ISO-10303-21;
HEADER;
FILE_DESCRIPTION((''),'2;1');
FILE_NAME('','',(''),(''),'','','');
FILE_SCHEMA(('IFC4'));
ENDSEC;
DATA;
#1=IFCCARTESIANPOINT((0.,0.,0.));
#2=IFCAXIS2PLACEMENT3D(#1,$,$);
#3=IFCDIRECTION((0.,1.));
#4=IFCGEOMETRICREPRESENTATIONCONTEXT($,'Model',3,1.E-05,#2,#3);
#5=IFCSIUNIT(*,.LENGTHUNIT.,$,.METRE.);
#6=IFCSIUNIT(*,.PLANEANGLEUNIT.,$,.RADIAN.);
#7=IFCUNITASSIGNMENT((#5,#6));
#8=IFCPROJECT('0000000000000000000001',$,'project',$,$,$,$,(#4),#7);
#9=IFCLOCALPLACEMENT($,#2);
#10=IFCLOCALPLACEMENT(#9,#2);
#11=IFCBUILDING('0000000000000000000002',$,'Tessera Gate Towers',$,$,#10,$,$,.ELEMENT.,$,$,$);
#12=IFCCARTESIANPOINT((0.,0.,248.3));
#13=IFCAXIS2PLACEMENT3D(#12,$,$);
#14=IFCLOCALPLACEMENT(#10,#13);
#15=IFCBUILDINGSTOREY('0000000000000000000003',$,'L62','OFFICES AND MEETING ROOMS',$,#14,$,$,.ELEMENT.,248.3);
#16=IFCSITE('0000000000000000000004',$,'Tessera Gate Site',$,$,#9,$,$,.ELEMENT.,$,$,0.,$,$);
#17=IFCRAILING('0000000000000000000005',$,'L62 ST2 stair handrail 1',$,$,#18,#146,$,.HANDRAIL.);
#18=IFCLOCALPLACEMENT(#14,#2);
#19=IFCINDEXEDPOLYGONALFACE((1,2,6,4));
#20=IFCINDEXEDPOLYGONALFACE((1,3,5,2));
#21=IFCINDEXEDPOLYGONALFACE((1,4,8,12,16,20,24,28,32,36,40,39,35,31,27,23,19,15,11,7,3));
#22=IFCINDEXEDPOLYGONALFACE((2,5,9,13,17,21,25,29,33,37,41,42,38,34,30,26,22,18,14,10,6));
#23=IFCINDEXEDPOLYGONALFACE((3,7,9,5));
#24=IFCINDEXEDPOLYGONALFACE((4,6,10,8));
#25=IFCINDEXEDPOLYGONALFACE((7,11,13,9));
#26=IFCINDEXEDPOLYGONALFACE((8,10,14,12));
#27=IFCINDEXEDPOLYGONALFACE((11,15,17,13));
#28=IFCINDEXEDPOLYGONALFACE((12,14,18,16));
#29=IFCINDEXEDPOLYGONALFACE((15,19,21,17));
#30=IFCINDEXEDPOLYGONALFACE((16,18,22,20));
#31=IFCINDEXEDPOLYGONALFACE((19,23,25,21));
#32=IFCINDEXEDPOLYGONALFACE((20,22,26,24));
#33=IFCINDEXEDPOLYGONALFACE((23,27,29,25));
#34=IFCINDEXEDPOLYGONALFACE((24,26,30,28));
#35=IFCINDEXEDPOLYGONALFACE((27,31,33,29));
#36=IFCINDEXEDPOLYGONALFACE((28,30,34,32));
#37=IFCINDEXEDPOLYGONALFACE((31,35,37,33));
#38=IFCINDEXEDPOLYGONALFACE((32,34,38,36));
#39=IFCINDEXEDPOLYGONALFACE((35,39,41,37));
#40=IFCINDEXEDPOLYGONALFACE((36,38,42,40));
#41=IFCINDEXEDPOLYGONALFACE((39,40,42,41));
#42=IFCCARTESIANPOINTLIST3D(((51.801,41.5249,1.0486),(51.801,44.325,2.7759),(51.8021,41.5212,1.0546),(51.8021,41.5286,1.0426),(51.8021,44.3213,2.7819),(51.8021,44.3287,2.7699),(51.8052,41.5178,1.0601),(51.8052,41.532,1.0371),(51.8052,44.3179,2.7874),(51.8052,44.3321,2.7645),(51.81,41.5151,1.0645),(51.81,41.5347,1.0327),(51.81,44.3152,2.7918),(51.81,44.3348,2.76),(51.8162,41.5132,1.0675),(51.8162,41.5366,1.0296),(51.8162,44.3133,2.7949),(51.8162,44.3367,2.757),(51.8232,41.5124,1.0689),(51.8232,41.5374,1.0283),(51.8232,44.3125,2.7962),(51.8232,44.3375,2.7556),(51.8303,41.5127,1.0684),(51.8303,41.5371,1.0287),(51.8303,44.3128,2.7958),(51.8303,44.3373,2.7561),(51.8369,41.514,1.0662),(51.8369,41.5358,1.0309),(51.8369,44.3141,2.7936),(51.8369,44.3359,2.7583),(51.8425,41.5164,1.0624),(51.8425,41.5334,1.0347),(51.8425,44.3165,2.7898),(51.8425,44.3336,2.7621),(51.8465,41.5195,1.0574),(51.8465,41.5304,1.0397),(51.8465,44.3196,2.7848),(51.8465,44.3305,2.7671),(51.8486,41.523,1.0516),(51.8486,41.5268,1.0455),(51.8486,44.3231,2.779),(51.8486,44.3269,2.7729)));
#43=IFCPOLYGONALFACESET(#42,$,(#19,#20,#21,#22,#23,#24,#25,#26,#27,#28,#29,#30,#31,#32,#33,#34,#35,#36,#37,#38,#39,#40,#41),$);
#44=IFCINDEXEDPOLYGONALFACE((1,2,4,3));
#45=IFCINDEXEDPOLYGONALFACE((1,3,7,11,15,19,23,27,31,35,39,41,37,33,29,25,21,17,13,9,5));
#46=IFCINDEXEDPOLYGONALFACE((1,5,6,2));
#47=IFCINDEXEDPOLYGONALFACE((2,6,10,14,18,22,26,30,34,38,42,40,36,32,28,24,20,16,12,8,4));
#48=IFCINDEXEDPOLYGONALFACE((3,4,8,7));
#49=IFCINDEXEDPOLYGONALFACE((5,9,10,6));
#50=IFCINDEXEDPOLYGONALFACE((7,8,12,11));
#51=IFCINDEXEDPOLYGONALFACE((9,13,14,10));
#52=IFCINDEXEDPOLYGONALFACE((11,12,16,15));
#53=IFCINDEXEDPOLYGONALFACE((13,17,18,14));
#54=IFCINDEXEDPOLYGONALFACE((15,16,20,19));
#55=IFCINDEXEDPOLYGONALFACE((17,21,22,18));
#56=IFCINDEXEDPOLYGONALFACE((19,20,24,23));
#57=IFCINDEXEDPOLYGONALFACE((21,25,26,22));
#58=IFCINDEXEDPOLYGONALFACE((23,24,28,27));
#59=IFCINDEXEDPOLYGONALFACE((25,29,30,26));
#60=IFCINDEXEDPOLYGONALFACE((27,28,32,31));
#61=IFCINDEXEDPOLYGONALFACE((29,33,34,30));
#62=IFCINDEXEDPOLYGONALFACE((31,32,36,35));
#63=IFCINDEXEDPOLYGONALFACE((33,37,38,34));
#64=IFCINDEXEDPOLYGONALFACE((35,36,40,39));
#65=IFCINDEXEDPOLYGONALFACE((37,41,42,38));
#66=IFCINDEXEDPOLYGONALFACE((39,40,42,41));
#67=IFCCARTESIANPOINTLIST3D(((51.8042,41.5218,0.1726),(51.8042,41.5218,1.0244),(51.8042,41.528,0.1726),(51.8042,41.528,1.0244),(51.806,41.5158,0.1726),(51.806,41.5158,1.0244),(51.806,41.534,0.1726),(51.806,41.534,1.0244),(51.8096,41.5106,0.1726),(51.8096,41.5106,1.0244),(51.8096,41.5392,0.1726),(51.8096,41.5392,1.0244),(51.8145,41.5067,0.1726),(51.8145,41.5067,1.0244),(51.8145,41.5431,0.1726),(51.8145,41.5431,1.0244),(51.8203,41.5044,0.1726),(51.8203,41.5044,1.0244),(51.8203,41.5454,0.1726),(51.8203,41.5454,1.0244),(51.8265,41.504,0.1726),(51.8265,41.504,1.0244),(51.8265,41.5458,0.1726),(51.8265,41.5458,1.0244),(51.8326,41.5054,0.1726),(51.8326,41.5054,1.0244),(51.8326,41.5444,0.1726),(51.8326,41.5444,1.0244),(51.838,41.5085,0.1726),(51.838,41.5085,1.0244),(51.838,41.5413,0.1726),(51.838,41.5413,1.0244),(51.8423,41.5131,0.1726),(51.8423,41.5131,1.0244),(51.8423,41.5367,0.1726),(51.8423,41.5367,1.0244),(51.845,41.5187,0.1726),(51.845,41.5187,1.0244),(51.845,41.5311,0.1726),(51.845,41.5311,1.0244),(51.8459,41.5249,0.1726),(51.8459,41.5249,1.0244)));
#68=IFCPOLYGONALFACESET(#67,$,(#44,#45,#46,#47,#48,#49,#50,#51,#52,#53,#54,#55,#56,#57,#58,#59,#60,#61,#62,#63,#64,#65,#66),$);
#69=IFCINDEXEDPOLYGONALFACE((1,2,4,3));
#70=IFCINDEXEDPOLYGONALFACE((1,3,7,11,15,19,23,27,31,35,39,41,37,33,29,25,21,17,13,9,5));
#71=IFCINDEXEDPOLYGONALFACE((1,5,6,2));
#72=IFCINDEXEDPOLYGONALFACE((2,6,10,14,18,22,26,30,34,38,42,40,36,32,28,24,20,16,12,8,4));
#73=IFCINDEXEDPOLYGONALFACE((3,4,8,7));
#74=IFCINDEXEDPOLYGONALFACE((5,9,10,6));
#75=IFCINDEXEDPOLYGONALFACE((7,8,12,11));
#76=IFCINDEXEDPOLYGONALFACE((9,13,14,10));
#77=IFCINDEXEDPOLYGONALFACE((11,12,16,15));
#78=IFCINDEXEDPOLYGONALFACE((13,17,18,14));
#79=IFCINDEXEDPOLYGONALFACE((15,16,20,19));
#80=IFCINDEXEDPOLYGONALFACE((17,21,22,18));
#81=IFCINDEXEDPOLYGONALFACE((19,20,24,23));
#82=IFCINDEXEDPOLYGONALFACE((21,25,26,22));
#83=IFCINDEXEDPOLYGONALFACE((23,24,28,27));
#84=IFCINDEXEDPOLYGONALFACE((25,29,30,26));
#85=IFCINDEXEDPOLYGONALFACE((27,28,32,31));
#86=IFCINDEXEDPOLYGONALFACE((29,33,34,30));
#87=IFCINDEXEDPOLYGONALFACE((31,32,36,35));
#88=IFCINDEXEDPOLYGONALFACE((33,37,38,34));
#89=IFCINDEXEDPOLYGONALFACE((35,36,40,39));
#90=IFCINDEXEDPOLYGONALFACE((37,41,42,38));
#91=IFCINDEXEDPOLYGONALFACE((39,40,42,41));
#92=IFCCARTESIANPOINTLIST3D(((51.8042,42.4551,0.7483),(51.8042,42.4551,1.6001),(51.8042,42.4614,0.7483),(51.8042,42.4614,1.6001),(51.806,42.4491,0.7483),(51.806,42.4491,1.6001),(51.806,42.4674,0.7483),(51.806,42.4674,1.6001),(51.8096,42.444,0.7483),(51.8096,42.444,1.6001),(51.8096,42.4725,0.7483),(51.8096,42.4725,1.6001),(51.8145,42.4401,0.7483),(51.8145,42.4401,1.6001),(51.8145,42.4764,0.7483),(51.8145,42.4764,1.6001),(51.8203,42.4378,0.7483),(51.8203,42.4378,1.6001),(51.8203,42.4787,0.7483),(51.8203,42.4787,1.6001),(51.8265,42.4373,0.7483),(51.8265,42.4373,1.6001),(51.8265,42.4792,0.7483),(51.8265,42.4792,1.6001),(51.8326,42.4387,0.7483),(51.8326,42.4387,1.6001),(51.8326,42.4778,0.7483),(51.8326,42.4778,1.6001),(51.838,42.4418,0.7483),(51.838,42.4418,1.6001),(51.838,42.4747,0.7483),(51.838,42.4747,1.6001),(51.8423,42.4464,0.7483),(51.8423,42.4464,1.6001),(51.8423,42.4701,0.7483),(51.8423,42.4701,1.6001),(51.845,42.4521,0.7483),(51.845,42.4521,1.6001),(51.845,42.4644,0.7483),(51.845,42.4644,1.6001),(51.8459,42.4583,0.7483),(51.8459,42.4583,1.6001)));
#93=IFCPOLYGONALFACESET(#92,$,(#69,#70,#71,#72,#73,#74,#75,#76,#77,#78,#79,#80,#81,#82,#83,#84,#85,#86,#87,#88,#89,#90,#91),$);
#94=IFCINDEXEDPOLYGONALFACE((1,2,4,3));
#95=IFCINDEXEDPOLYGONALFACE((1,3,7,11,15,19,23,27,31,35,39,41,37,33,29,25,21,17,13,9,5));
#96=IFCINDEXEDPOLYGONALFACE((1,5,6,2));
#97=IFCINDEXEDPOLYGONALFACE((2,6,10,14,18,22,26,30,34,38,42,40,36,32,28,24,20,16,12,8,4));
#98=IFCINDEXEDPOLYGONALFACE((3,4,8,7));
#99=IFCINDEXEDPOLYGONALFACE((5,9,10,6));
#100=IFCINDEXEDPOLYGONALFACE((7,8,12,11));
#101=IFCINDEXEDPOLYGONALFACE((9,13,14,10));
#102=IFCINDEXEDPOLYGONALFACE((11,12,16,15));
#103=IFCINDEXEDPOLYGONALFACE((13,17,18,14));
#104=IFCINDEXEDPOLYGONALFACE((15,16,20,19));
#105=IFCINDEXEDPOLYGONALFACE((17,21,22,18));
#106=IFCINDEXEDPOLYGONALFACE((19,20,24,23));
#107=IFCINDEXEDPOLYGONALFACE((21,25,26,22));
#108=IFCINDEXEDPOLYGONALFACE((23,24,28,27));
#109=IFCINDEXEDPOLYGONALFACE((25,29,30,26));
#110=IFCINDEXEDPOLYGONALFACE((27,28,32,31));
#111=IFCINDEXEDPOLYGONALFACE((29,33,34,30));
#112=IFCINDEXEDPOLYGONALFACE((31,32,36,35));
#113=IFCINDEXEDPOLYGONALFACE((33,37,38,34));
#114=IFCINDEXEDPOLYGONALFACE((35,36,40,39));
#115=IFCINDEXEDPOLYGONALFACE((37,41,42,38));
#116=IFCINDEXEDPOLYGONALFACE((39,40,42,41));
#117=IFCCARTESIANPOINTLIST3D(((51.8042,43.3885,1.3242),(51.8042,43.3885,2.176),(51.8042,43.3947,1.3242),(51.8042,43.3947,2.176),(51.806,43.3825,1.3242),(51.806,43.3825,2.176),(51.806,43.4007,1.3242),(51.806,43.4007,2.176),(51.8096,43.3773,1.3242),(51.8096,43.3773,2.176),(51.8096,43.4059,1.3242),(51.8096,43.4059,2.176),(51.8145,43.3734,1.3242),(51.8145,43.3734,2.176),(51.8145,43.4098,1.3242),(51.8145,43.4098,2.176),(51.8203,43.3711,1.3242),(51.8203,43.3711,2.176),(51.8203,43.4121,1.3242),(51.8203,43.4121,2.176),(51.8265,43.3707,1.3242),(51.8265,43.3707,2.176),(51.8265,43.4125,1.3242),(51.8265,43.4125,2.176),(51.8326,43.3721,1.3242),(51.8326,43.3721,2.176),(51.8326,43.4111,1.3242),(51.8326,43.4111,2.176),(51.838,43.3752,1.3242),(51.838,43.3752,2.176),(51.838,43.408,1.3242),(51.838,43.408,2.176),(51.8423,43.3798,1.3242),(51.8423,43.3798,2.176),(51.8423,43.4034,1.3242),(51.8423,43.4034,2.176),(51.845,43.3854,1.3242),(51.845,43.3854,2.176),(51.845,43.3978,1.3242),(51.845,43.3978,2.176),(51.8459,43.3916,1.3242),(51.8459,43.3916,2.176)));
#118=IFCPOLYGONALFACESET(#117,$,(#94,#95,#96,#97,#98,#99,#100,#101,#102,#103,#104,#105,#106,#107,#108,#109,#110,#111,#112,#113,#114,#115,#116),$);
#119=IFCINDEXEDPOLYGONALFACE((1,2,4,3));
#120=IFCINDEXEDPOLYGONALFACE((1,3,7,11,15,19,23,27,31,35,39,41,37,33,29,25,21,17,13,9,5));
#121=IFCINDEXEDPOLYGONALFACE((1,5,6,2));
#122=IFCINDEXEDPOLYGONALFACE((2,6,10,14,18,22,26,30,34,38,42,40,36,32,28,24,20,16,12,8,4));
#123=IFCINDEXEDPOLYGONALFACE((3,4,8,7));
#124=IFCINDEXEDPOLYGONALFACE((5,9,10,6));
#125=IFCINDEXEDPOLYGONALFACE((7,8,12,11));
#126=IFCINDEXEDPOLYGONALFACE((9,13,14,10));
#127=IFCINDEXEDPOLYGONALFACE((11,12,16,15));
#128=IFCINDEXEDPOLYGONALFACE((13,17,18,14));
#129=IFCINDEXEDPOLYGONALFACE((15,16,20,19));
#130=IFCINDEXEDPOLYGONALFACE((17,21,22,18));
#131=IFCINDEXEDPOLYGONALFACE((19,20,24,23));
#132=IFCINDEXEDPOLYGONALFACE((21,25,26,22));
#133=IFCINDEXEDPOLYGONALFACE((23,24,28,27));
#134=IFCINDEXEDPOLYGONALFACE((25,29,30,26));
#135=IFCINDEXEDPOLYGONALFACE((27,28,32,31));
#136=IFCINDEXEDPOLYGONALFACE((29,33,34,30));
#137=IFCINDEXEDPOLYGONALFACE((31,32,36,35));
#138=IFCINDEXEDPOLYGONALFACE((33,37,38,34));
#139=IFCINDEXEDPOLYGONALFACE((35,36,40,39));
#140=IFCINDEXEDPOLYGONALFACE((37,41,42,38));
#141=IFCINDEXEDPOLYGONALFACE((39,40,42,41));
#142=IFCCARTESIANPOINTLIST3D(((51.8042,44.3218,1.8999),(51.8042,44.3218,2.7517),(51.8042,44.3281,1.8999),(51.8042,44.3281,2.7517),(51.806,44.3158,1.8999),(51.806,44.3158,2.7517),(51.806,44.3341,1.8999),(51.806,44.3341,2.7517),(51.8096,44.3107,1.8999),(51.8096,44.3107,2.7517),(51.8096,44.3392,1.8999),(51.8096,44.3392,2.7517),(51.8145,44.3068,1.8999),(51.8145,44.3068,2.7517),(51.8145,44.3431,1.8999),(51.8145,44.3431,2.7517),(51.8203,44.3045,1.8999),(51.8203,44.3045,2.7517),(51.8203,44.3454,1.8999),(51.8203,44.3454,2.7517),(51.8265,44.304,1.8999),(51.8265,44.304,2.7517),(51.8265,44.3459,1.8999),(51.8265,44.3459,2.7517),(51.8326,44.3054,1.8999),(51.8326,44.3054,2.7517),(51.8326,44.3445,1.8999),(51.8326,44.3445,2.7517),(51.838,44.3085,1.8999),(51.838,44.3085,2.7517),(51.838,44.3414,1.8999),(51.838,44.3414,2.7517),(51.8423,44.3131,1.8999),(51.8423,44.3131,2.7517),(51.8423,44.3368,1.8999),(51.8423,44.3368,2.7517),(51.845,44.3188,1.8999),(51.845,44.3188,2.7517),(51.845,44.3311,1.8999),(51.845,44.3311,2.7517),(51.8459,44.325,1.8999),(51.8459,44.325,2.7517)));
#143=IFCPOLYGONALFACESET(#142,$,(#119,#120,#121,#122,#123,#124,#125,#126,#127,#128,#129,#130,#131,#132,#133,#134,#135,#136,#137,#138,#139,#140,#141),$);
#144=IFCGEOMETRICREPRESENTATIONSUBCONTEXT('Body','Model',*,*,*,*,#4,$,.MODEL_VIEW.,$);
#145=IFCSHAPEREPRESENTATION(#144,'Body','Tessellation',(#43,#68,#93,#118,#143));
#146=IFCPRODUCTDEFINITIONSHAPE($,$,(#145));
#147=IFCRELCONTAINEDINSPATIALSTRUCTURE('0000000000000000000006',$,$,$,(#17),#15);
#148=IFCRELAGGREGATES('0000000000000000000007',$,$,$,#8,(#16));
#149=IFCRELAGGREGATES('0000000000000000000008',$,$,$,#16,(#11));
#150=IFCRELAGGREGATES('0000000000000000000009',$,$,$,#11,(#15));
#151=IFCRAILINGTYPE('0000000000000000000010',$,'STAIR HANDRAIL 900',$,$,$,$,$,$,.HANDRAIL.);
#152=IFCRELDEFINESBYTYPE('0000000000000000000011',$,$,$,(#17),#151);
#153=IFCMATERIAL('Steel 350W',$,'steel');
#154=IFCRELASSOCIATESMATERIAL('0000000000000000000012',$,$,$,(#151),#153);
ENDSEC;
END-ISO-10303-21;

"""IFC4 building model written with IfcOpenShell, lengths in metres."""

from ifc_helpers import new_model, si_unit, direction, frame, origin, origin_2d, place, context, subcontext, project, spatial, circle, extrude, material, type_object, element, save


model = new_model("IFC4")

# Units and contexts
model_context = context("Model", 3, precision=1e-05, world=origin(), true_north=direction((0.0, 1.0)))
body_context = subcontext(model_context, "Body", "Model", "MODEL_VIEW")
ifc_project = project(units=[si_unit("LENGTHUNIT", "METRE"), si_unit("PLANEANGLEUNIT", "RADIAN")], contexts=[model_context])

# Site, building, storey
site_placement = place(None, origin())
site = spatial("IfcSite", under=ifc_project, at=site_placement, Name="Tessera Gate Site", CompositionType="ELEMENT", RefElevation=0.0)
building_placement = place(site_placement, origin())
building = spatial("IfcBuilding", under=site, at=building_placement, Name="Tessera Gate Towers", CompositionType="ELEMENT")
storey_placement = place(building_placement, frame((0.0, 0.0, 248.3)))
storey = spatial("IfcBuildingStorey", under=building, at=storey_placement, Name="L62", Description="OFFICES AND MEETING ROOMS", CompositionType="ELEMENT", Elevation=248.3)

# Railing
ifc_material_1 = material(Name="Steel 350W", Category="steel")
railing_type_1 = type_object("IfcRailingType", Name="STAIR HANDRAIL 900", PredefinedType="HANDRAIL", material=ifc_material_1)
railing_1_placement = place(storey_placement, frame((51.825, 41.5249, 0.1726)))
element("IfcRailing", 1, at=railing_1_placement, inside=storey, type_object=railing_type_1, Name="L62 ST2 stair handrail 1", PredefinedType="HANDRAIL", context=body_context, shape_type="SweptSolid", body=[
    extrude(circle(Radius=0.0239, at=origin_2d()), frame((0.0, 0.0, 0.876), z_axis=(0.0, 0.85109, 0.52502), x_axis=(-1.0, 0.0, 0.0)), (0.0, 0.0, 1.0), 3.29),
    extrude(circle(Radius=0.021, at=origin_2d()), origin(), (0.0, 0.0, 1.0), 0.8518),
    extrude(circle(Radius=0.021, at=origin_2d()), frame((0.0, 0.9333, 0.5757)), (0.0, 0.0, 1.0), 0.8518),
    extrude(circle(Radius=0.021, at=origin_2d()), frame((0.0, 1.8667, 1.1516)), (0.0, 0.0, 1.0), 0.8518),
    extrude(circle(Radius=0.021, at=origin_2d()), frame((0.0, 2.8, 1.7273)), (0.0, 0.0, 1.0), 0.8518),
])

save(model, "model.ifc")
